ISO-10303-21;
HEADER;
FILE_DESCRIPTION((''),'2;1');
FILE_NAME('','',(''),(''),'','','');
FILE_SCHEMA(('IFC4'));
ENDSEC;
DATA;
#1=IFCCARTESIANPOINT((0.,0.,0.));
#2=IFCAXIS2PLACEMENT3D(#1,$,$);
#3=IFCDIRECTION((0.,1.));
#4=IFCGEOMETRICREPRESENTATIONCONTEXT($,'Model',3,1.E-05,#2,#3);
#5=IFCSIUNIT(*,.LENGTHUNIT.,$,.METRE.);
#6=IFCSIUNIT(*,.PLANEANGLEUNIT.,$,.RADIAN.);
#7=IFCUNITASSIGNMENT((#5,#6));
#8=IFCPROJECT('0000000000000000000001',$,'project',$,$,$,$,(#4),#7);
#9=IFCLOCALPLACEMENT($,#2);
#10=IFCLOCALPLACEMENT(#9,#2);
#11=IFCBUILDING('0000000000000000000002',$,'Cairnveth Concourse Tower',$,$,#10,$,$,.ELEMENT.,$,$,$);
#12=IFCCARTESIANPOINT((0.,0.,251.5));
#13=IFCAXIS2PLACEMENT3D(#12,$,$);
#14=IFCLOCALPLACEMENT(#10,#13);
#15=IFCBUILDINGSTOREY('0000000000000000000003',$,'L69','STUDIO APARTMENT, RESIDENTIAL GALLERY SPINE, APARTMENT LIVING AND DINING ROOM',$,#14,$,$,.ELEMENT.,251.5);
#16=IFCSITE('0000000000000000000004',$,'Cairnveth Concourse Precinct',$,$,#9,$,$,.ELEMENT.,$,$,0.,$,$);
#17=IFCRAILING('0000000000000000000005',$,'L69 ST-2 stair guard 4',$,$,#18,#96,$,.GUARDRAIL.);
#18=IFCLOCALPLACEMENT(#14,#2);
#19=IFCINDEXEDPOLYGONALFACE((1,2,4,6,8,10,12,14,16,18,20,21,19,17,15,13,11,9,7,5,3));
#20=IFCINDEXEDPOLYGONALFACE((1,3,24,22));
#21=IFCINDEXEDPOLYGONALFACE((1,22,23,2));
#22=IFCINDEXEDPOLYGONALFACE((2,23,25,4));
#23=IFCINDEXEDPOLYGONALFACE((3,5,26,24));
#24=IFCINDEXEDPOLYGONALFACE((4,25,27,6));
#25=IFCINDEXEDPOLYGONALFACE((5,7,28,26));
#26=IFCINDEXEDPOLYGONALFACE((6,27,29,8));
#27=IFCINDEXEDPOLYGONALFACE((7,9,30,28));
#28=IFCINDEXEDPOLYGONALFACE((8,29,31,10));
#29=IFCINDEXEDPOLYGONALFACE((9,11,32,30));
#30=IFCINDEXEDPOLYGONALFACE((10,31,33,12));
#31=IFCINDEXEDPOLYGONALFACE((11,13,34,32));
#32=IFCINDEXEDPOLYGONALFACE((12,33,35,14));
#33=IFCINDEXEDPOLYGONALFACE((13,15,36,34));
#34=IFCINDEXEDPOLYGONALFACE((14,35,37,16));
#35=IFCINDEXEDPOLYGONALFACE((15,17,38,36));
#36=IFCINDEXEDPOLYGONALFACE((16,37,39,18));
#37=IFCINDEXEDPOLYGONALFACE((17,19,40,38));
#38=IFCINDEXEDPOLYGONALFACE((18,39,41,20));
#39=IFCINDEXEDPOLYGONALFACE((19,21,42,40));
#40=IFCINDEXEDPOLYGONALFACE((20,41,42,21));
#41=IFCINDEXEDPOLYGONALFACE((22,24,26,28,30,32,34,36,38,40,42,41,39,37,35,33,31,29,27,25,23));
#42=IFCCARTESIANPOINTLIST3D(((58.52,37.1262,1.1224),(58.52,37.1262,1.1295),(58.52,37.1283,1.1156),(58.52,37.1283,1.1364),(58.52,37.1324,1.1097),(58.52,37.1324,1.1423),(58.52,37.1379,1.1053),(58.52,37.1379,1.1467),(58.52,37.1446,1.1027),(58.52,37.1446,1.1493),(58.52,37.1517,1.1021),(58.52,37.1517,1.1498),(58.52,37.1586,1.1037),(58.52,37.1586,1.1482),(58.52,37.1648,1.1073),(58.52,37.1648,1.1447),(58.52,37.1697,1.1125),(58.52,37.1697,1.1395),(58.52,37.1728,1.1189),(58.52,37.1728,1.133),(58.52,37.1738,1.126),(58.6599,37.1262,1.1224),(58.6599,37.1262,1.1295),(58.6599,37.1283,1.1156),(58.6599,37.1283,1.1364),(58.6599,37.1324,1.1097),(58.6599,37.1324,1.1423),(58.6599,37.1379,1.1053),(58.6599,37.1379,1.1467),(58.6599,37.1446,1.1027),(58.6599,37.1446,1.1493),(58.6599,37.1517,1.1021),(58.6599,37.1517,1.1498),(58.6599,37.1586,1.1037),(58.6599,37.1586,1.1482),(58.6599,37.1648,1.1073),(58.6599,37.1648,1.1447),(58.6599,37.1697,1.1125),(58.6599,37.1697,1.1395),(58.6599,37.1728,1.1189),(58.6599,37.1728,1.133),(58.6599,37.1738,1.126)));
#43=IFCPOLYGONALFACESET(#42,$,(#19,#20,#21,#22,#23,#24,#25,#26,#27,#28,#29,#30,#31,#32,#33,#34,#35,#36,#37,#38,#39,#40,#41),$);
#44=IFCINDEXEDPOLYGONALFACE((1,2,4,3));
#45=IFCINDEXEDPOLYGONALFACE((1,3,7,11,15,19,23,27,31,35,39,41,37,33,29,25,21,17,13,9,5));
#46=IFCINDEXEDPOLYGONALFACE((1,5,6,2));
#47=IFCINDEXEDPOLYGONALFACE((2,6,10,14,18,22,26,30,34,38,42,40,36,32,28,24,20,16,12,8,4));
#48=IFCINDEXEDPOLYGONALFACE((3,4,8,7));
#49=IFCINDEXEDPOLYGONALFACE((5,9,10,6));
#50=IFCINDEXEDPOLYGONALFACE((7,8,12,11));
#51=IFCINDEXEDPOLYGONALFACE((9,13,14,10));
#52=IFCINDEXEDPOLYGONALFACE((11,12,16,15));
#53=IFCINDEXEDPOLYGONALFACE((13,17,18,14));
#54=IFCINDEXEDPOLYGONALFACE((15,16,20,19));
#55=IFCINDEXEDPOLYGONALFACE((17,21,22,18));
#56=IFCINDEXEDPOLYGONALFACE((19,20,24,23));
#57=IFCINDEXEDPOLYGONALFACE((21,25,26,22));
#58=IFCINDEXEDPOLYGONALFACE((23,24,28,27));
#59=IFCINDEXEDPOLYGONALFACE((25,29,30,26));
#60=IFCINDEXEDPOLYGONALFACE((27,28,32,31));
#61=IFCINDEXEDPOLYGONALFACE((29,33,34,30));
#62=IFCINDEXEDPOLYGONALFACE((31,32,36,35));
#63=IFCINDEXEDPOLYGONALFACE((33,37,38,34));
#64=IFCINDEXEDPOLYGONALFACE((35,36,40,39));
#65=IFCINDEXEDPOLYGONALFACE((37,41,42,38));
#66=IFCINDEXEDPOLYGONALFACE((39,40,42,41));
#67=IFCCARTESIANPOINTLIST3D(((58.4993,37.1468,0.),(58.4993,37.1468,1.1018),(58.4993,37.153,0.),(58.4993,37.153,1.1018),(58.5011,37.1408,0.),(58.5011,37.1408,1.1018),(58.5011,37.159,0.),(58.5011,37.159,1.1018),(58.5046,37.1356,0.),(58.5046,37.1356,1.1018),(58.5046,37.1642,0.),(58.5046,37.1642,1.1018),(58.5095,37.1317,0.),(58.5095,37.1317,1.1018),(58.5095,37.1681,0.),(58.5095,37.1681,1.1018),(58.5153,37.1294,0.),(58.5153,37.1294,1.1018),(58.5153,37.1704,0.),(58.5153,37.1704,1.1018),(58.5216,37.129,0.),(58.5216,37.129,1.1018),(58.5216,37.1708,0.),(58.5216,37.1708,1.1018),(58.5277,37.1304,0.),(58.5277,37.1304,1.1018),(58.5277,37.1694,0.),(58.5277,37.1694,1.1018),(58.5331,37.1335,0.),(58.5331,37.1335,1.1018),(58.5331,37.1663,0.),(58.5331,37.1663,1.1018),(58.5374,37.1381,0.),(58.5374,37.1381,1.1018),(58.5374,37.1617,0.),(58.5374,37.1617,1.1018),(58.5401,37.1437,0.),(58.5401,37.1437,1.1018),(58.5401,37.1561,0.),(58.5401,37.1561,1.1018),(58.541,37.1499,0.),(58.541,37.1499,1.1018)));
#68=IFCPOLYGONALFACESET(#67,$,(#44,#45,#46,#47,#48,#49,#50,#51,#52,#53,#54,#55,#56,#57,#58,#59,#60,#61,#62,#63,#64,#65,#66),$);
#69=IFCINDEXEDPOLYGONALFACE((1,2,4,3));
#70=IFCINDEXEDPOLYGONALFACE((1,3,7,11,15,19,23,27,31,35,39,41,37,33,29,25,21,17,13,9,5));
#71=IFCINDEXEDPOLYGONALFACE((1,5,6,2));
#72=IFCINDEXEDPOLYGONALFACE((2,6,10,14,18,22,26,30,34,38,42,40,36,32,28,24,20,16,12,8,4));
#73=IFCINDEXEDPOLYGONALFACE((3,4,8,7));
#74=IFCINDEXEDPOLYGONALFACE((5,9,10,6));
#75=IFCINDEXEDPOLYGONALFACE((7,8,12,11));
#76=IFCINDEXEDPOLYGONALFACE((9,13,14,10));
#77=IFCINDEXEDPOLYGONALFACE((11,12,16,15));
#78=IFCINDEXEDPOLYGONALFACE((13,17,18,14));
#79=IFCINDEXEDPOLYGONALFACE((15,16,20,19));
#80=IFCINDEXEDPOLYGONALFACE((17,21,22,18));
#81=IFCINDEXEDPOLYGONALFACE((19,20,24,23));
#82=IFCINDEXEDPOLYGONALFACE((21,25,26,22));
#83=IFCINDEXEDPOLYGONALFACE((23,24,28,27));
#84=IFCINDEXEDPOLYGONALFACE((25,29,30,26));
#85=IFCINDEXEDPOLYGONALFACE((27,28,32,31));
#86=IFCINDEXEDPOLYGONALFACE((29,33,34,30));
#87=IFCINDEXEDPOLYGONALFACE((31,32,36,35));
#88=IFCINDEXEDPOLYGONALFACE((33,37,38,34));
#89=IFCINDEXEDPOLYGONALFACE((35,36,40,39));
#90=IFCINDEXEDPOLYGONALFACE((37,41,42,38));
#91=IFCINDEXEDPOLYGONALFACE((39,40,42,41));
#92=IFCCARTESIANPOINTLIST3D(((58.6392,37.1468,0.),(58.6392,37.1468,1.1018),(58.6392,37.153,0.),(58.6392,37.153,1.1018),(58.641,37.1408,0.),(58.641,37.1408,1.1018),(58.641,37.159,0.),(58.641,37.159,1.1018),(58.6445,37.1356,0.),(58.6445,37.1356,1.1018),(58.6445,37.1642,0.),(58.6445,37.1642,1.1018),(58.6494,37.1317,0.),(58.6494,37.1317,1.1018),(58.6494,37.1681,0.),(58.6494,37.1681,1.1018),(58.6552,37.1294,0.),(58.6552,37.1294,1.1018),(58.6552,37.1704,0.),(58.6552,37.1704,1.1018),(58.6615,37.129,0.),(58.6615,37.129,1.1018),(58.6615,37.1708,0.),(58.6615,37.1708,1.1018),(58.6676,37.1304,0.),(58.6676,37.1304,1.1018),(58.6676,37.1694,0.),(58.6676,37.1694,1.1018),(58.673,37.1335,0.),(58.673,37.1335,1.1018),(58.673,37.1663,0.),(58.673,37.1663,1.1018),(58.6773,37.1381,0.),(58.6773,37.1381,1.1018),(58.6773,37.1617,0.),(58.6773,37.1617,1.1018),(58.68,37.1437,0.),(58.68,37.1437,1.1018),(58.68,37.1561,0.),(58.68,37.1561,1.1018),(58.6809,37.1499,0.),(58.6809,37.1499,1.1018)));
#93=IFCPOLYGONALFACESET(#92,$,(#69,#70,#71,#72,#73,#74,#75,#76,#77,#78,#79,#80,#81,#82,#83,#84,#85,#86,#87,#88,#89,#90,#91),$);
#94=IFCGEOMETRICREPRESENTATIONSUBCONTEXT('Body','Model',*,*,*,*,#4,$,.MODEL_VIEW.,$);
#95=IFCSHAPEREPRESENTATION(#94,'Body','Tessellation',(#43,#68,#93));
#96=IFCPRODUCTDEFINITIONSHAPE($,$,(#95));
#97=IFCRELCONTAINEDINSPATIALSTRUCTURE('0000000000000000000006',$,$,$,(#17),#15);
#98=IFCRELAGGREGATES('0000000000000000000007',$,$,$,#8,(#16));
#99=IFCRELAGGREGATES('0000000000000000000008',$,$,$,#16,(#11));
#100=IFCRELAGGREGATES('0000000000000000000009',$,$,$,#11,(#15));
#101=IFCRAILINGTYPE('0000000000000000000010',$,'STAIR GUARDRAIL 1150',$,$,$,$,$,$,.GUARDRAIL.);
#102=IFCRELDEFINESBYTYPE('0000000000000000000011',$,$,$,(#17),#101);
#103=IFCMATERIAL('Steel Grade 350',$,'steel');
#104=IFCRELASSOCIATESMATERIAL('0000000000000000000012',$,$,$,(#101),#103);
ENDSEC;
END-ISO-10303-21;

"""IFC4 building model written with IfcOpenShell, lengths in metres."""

from ifc_helpers import new_model, si_unit, direction, frame, origin, origin_2d, place, context, subcontext, project, spatial, circle, extrude, material, type_object, element, save


model = new_model("IFC4")

# Units and contexts
model_context = context("Model", 3, precision=1e-05, world=origin(), true_north=direction((0.0, 1.0)))
body_context = subcontext(model_context, "Body", "Model", "MODEL_VIEW")
ifc_project = project(units=[si_unit("LENGTHUNIT", "METRE"), si_unit("PLANEANGLEUNIT", "RADIAN")], contexts=[model_context])

# Site, building, storey
site_placement = place(None, origin())
site = spatial("IfcSite", under=ifc_project, at=site_placement, Name="Cairnveth Concourse Precinct", CompositionType="ELEMENT", RefElevation=0.0)
building_placement = place(site_placement, origin())
building = spatial("IfcBuilding", under=site, at=building_placement, Name="Cairnveth Concourse Tower", CompositionType="ELEMENT")
storey_placement = place(building_placement, frame((0.0, 0.0, 251.5)))
storey = spatial("IfcBuildingStorey", under=building, at=storey_placement, Name="L69", Description="STUDIO APARTMENT, RESIDENTIAL GALLERY SPINE, APARTMENT LIVING AND DINING ROOM", CompositionType="ELEMENT", Elevation=251.5)

# Shared definitions
ifc_material_1 = material(Name="Steel Grade 350", Category="steel")

# Railing
railing_type_1 = type_object("IfcRailingType", Name="STAIR GUARDRAIL 1150", PredefinedType="GUARDRAIL", material=ifc_material_1)
railing_1_placement = place(storey_placement, frame((58.52, 37.1499, 0.0)))
element("IfcRailing", 1, at=railing_1_placement, inside=storey, type_object=railing_type_1, Name="L69 ST-2 stair guard 4", PredefinedType="GUARDRAIL", context=body_context, shape_type="SweptSolid", body=[
    extrude(circle(Radius=0.0239, at=origin_2d()), frame((0.0, 0.0, 1.126), z_axis=(1.0, 0.0, 0.0), x_axis=(0.0, 1.0, 0.0)), (0.0, 0.0, 1.0), 0.1399),
    extrude(circle(Radius=0.021, at=origin_2d()), origin(), (0.0, 0.0, 1.0), 1.1018),
    extrude(circle(Radius=0.021, at=origin_2d()), frame((0.1399, 0.0, 0.0)), (0.0, 0.0, 1.0), 1.1018),
])

save(model, "model.ifc")
